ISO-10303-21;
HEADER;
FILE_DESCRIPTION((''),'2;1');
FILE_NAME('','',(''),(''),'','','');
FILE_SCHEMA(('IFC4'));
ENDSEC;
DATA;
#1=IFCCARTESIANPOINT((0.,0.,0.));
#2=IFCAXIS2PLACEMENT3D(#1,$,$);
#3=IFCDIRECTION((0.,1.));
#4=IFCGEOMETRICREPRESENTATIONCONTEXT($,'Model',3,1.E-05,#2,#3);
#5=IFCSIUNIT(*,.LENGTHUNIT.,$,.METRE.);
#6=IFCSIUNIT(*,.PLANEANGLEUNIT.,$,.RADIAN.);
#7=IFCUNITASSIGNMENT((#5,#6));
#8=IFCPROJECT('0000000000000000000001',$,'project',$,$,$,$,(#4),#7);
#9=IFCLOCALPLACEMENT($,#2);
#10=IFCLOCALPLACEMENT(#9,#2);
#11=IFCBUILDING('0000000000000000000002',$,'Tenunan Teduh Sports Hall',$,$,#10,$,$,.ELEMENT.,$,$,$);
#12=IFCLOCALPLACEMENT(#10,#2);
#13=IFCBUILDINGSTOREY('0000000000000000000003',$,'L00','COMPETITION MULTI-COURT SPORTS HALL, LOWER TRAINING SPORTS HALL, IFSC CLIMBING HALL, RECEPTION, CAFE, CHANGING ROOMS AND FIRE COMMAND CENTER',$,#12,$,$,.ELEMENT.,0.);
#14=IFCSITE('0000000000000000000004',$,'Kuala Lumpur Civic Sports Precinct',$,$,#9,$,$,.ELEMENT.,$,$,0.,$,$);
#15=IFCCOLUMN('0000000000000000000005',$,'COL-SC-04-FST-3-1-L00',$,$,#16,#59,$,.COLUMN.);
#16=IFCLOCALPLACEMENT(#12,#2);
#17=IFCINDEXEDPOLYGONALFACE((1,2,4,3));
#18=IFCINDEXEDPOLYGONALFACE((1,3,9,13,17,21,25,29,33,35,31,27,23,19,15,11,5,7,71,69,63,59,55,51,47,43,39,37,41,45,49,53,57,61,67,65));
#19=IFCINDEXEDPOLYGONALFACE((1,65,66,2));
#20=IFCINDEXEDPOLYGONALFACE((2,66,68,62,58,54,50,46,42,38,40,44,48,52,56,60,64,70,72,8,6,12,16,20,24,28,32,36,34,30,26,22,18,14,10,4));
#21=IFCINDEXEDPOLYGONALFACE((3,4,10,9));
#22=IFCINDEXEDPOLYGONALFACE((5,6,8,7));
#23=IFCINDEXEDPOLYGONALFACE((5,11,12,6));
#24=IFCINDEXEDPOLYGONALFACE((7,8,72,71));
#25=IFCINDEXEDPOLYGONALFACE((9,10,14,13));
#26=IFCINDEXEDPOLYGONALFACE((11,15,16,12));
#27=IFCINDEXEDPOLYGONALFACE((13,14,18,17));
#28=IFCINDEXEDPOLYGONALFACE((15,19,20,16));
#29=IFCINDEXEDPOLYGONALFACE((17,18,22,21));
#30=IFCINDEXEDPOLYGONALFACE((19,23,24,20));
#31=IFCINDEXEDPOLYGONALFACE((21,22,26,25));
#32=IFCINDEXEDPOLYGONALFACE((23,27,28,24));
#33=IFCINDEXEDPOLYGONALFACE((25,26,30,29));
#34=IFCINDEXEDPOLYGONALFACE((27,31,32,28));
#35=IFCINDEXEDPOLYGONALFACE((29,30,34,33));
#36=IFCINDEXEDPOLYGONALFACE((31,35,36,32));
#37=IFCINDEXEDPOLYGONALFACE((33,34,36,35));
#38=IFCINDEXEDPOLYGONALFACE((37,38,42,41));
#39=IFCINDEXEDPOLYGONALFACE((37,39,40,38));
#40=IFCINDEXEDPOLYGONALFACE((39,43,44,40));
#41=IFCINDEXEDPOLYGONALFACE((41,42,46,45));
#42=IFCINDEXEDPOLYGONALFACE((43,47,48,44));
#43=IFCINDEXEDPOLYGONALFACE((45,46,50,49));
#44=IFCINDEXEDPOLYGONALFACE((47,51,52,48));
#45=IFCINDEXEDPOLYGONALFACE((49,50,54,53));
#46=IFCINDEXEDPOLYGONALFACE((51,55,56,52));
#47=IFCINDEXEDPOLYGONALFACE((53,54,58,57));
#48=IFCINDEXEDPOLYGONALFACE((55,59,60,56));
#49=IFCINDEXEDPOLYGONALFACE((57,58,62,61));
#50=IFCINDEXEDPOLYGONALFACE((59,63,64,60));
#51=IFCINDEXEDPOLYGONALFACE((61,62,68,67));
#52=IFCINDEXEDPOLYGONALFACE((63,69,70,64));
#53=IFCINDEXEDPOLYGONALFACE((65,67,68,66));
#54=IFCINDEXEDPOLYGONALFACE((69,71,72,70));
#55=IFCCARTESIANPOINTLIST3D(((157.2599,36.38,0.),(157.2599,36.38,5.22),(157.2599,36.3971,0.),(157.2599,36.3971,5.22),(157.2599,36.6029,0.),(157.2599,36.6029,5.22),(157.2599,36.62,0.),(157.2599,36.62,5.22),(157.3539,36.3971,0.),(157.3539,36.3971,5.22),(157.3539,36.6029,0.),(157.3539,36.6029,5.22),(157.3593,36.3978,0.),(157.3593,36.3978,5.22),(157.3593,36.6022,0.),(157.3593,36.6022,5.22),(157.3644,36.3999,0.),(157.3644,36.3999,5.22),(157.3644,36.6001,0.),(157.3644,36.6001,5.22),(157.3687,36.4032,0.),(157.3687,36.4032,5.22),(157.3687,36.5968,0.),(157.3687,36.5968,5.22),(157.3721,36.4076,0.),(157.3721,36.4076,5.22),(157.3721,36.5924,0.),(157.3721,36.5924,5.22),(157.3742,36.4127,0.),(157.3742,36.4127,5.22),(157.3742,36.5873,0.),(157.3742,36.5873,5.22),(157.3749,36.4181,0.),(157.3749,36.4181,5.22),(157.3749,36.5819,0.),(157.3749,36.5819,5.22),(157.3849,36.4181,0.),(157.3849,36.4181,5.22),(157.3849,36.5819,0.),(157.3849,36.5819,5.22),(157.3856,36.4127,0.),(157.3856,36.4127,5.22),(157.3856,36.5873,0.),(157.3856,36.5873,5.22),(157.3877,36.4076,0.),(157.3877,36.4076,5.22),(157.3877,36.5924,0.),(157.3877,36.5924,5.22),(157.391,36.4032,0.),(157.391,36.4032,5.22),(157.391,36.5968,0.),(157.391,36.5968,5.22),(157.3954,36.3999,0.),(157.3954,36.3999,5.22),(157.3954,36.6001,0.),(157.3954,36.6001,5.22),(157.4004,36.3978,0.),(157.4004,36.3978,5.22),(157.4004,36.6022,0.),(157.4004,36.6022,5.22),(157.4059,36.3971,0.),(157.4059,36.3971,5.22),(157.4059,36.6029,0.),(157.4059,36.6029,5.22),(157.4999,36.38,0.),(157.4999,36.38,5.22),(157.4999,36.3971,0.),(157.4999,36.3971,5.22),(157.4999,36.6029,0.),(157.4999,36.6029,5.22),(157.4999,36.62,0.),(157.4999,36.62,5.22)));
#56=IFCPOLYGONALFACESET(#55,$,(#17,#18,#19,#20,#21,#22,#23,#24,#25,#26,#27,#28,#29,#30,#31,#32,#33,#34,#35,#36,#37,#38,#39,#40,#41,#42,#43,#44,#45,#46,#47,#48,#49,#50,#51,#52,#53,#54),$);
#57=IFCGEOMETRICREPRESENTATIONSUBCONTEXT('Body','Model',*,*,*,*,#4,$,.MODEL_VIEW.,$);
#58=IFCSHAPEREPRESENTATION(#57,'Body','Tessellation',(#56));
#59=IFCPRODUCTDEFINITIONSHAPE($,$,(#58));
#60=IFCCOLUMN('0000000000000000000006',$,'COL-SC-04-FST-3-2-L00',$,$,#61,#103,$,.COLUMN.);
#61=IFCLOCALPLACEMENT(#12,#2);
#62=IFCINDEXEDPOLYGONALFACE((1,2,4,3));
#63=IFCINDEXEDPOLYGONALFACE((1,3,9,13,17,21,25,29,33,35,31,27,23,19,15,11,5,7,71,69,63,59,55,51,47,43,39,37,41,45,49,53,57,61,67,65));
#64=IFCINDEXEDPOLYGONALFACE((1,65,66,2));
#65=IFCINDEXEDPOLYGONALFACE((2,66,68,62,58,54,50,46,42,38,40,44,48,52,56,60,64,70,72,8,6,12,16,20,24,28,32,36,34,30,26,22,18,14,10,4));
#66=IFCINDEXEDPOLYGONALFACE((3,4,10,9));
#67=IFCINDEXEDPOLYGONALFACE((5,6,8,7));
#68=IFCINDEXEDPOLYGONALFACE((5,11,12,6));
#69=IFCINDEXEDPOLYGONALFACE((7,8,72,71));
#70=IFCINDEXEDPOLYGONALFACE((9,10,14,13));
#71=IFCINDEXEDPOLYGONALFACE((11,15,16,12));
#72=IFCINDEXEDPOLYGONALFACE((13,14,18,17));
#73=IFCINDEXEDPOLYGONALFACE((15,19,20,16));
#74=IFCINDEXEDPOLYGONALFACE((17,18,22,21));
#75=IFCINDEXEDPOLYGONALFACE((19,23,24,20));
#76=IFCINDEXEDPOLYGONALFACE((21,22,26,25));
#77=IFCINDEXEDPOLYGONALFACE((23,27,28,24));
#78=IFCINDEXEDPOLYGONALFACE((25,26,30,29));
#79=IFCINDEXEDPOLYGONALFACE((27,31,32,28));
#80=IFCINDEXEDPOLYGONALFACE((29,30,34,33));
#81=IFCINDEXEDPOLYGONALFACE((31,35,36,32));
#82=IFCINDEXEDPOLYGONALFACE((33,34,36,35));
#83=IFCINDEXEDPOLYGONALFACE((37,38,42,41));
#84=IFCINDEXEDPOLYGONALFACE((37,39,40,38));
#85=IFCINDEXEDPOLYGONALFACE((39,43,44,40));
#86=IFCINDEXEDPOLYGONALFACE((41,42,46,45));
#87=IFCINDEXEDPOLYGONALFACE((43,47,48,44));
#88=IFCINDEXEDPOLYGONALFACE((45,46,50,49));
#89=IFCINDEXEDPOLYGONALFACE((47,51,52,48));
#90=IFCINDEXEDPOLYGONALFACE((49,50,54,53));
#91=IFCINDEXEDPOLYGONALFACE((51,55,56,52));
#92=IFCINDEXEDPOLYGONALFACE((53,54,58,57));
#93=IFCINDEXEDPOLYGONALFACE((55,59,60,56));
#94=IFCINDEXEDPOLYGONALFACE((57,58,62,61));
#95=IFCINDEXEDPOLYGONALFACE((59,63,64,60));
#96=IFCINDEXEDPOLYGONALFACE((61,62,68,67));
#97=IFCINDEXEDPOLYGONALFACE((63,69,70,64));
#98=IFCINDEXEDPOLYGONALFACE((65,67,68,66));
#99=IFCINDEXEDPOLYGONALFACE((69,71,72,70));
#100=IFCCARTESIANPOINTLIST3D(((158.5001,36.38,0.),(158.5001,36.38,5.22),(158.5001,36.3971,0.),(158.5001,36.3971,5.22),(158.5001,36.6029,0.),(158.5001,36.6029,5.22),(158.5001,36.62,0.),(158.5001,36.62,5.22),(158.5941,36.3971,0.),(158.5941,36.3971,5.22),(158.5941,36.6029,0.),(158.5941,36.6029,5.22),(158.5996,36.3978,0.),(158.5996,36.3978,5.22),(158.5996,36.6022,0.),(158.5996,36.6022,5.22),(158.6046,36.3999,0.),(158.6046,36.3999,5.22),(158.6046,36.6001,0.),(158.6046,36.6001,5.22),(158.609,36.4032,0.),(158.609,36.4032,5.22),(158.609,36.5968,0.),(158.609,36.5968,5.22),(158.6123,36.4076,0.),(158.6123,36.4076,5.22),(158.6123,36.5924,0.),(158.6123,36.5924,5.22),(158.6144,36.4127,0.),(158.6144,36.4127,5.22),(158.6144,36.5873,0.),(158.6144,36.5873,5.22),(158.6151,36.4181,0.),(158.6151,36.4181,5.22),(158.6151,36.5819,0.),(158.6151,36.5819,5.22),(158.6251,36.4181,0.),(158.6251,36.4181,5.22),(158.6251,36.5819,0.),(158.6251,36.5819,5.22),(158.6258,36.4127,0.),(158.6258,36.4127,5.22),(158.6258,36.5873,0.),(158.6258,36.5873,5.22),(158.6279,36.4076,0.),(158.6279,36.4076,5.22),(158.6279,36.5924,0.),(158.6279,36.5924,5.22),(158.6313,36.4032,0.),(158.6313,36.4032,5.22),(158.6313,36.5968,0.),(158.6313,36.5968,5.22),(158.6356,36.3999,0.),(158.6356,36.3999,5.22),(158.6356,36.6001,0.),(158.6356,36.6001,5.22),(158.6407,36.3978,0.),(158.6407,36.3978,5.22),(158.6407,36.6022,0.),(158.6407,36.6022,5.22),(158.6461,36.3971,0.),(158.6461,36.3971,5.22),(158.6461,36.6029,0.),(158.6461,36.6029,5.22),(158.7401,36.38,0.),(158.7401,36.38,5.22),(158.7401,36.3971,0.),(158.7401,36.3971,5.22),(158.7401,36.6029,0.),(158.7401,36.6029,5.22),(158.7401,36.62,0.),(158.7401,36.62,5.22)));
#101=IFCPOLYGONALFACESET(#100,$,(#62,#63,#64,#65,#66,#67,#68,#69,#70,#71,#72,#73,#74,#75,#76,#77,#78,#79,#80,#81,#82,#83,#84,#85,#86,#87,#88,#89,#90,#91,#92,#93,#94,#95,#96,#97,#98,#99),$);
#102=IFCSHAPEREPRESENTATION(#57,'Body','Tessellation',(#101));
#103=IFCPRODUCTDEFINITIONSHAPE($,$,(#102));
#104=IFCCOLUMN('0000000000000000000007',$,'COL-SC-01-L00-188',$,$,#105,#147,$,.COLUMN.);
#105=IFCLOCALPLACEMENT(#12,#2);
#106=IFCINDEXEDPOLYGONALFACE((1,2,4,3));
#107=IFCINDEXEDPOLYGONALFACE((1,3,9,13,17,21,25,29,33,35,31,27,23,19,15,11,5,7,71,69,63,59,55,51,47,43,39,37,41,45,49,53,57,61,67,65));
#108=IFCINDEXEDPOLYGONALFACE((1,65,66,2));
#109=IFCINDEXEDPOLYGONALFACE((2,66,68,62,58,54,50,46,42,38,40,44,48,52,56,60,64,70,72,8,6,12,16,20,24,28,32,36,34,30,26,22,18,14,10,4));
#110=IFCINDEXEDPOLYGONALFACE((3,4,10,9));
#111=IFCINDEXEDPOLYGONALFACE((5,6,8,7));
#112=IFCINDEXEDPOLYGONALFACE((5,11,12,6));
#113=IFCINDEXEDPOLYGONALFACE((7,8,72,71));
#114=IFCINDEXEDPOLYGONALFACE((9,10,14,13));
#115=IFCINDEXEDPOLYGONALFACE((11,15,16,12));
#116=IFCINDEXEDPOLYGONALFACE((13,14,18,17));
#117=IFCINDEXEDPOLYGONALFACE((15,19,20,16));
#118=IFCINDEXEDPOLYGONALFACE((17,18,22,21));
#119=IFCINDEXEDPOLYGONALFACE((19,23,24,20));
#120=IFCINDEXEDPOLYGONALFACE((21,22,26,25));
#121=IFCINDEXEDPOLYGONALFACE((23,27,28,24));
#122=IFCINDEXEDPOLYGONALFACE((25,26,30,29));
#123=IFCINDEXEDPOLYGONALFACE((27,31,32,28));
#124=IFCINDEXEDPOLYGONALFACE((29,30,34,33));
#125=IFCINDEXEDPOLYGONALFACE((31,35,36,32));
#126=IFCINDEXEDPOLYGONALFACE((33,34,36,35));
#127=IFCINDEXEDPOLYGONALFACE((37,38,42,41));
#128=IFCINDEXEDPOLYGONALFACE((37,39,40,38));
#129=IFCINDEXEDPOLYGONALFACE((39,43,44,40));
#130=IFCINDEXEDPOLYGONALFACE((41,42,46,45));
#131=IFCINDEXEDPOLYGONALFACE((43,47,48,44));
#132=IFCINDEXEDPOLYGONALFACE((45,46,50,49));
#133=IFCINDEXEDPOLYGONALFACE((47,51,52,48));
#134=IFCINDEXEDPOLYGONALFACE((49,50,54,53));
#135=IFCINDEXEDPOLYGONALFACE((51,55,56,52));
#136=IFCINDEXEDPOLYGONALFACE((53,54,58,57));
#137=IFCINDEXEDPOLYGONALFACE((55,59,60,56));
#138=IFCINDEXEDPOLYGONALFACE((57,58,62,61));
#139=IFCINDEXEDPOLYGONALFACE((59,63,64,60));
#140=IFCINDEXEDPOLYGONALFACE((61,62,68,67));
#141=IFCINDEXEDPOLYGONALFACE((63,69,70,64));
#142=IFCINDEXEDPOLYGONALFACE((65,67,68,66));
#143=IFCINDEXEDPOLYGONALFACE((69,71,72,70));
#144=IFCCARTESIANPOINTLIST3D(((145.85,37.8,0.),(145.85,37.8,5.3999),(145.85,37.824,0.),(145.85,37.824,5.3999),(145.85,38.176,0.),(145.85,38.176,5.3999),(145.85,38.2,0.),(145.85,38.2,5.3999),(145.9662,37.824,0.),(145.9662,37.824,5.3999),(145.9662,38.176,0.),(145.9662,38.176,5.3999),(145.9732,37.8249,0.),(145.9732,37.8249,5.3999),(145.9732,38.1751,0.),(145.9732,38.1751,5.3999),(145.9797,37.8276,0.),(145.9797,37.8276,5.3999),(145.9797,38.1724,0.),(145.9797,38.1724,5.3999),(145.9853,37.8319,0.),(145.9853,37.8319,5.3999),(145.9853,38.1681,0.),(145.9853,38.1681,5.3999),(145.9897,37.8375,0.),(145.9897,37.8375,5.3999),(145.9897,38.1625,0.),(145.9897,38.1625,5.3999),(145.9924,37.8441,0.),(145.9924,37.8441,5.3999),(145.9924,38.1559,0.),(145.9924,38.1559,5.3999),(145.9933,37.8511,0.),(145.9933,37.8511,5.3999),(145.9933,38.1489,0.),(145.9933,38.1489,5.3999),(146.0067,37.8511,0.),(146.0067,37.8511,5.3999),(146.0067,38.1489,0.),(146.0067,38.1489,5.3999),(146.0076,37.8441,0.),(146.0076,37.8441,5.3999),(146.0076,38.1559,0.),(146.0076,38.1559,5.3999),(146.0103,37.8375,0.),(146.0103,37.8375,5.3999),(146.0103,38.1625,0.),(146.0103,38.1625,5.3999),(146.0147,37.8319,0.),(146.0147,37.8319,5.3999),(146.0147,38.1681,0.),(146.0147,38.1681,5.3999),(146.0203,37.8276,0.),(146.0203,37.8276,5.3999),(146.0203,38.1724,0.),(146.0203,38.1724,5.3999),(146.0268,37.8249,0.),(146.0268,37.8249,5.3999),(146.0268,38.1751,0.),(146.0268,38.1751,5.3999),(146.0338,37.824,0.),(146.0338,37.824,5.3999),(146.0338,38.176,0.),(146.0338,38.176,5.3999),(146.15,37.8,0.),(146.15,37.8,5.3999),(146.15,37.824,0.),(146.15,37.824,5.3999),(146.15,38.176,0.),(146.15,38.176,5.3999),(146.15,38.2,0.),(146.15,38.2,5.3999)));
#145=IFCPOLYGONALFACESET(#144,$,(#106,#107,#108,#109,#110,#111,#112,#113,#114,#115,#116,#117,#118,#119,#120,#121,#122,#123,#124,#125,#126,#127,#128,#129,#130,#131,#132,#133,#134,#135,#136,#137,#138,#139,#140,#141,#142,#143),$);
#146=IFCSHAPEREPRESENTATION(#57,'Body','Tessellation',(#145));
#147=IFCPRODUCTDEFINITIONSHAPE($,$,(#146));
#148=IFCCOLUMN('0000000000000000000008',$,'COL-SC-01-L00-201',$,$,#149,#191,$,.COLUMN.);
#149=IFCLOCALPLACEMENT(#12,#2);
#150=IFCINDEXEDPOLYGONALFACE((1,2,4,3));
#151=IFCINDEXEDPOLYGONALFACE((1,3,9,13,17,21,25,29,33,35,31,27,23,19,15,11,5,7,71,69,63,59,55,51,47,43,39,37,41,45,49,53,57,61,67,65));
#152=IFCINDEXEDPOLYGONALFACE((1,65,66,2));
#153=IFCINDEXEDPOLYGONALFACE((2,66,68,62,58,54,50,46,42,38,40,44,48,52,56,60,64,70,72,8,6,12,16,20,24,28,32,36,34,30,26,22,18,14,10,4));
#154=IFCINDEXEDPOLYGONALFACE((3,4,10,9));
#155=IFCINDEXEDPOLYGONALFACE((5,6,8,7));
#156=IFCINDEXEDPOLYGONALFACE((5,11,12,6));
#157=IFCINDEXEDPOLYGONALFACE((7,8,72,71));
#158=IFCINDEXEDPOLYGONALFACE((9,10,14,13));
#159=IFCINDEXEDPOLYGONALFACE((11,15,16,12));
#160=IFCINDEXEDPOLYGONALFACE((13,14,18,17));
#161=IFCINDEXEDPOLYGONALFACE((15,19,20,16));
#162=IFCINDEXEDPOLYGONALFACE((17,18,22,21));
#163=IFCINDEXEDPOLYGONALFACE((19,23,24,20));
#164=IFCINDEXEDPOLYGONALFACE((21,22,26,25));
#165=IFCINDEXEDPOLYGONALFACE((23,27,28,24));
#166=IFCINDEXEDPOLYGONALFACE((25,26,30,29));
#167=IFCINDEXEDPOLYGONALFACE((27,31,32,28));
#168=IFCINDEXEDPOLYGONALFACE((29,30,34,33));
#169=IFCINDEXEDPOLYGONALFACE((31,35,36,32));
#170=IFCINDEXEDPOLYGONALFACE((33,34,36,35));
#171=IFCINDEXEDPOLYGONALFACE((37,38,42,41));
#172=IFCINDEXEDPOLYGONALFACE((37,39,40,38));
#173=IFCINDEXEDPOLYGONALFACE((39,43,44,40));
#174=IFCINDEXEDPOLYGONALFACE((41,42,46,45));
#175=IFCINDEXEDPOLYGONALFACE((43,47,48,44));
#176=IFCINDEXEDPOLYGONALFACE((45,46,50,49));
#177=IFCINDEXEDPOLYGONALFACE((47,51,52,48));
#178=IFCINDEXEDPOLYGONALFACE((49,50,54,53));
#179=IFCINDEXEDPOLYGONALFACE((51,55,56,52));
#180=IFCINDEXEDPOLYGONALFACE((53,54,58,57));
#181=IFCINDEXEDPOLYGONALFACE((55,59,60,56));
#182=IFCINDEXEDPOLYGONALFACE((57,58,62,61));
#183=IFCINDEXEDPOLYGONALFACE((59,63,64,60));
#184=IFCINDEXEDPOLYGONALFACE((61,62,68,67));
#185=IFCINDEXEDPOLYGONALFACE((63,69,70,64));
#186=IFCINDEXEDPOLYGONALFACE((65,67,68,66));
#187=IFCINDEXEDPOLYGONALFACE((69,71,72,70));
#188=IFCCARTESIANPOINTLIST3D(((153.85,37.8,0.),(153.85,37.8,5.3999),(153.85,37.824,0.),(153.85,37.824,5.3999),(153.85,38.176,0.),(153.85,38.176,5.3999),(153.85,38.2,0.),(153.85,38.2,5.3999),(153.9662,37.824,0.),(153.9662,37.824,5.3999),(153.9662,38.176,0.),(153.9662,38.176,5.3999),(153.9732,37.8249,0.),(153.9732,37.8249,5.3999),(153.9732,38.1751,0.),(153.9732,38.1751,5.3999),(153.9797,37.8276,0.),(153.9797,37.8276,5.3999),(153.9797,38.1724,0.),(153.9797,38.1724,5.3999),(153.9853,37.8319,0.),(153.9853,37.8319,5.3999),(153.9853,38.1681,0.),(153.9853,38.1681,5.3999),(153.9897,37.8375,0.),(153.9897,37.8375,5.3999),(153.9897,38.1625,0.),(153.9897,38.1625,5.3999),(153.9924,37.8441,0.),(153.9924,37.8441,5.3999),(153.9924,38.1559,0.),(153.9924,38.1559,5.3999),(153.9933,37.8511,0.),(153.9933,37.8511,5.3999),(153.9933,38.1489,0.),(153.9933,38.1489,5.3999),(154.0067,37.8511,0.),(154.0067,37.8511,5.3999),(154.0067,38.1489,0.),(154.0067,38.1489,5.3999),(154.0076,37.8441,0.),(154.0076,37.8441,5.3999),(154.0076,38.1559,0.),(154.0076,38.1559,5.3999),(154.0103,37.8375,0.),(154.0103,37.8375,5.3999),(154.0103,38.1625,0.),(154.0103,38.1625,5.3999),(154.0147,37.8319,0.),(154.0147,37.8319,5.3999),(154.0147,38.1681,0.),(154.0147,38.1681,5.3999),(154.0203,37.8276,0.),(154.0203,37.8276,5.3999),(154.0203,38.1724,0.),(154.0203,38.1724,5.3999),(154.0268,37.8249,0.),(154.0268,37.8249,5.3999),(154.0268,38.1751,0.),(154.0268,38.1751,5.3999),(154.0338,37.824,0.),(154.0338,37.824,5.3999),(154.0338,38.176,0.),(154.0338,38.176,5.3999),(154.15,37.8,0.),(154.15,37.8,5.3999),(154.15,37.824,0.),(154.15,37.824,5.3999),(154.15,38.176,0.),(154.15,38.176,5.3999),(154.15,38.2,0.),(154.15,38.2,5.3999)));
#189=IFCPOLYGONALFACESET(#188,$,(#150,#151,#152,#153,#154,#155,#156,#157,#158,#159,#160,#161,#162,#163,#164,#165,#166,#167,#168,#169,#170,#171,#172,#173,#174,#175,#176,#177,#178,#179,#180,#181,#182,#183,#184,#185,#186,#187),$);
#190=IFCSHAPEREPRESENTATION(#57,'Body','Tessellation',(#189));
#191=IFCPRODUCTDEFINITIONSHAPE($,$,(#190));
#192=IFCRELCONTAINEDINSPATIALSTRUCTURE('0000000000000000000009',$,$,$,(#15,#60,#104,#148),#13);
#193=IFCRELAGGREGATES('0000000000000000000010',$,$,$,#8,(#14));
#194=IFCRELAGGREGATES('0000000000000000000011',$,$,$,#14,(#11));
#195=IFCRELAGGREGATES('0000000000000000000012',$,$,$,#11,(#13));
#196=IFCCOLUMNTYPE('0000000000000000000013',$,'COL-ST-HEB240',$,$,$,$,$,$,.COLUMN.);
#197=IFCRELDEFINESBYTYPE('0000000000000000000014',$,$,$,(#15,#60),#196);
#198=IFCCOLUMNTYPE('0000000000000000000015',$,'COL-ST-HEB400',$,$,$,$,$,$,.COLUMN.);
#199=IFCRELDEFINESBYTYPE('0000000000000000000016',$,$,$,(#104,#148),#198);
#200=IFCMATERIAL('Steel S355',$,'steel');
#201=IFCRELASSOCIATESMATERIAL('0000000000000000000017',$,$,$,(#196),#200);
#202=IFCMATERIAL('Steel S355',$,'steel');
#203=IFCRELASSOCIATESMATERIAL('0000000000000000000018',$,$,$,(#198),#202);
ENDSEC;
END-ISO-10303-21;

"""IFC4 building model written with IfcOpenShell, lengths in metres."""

from ifc_helpers import new_model, si_unit, direction, frame, origin, origin_2d, place, context, subcontext, project, spatial, i_section, extrude, material, material_profile, profile_set, type_object, element, save


model = new_model("IFC4")

# Units and contexts
model_context = context("Model", 3, precision=1e-05, world=origin(), true_north=direction((0.0, 1.0)))
body_context = subcontext(model_context, "Body", "Model", "MODEL_VIEW")
ifc_project = project(units=[si_unit("LENGTHUNIT", "METRE"), si_unit("PLANEANGLEUNIT", "RADIAN")], contexts=[model_context])

# Site, building, storey
site_placement = place(None, origin())
site = spatial("IfcSite", under=ifc_project, at=site_placement, Name="Kuala Lumpur Civic Sports Precinct", CompositionType="ELEMENT", RefElevation=0.0)
building_placement = place(site_placement, origin())
building = spatial("IfcBuilding", under=site, at=building_placement, Name="Tenunan Teduh Sports Hall", CompositionType="ELEMENT")
storey_placement = place(building_placement, origin())
storey = spatial("IfcBuildingStorey", under=building, at=storey_placement, Name="L00", Description="COMPETITION MULTI-COURT SPORTS HALL, LOWER TRAINING SPORTS HALL, IFSC CLIMBING HALL, RECEPTION, CAFE, CHANGING ROOMS AND FIRE COMMAND CENTER", CompositionType="ELEMENT", Elevation=0.0)

# Columns
ifc_material_1 = material(Name="Steel S355", Category="steel")
ifc_material_profile_1 = material_profile(ifc_material_1, i_section(OverallWidth=0.24, OverallDepth=0.24, WebThickness=0.01, FlangeThickness=0.0171, FilletRadius=0.021, at=origin_2d()), Name="HEB 240")
ifc_profile_set_1 = profile_set([ifc_material_profile_1], Name="Steel S355")
column_type_1 = type_object("IfcColumnType", Name="COL-ST-HEB240", PredefinedType="COLUMN", material=ifc_profile_set_1)
for number, where, z_axis, x_axis, name in (
    (1, (157.3799, 36.5, 0.0), (0.0, 0.0, 1.0), (1.0, 0.0, 0.0), "COL-SC-04-FST-3-1-L00"),
    (2, (158.6201, 36.5, 0.0), (0.0, 0.0, 1.0), (1.0, 0.0, 0.0), "COL-SC-04-FST-3-2-L00"),
):
    element("IfcColumn", number, at=place(storey_placement, frame(where, z_axis=z_axis, x_axis=x_axis)), inside=storey, type_object=column_type_1, Name=name, PredefinedType="COLUMN", context=body_context, shape_type="SweptSolid", body=[
        extrude(i_section(OverallWidth=0.24, OverallDepth=0.24, WebThickness=0.01, FlangeThickness=0.0171, FilletRadius=0.021, at=origin_2d()), origin(), (0.0, 0.0, 1.0), 5.22),
    ])
ifc_material_2 = material(Name="Steel S355", Category="steel")
ifc_material_profile_2 = material_profile(ifc_material_2, i_section(OverallWidth=0.3, OverallDepth=0.3999, WebThickness=0.0134, FlangeThickness=0.0239, FilletRadius=0.0271, at=origin_2d()), Name="HEB 400")
ifc_profile_set_2 = profile_set([ifc_material_profile_2], Name="Steel S355")
column_type_2 = type_object("IfcColumnType", Name="COL-ST-HEB400", PredefinedType="COLUMN", material=ifc_profile_set_2)
for number, where, z_axis, x_axis, name in (
    (3, (146.0, 38.0, 0.0), (0.0, 0.0, 1.0), (1.0, 0.0, 0.0), "COL-SC-01-L00-188"),
    (4, (154.0, 38.0, 0.0), (0.0, 0.0, 1.0), (1.0, 0.0, 0.0), "COL-SC-01-L00-201"),
):
    element("IfcColumn", number, at=place(storey_placement, frame(where, z_axis=z_axis, x_axis=x_axis)), inside=storey, type_object=column_type_2, Name=name, PredefinedType="COLUMN", context=body_context, shape_type="SweptSolid", body=[
        extrude(i_section(OverallWidth=0.3, OverallDepth=0.3999, WebThickness=0.0134, FlangeThickness=0.0239, FilletRadius=0.0271, at=origin_2d()), origin(), (0.0, 0.0, 1.0), 5.3999),
    ])

save(model, "model.ifc")
